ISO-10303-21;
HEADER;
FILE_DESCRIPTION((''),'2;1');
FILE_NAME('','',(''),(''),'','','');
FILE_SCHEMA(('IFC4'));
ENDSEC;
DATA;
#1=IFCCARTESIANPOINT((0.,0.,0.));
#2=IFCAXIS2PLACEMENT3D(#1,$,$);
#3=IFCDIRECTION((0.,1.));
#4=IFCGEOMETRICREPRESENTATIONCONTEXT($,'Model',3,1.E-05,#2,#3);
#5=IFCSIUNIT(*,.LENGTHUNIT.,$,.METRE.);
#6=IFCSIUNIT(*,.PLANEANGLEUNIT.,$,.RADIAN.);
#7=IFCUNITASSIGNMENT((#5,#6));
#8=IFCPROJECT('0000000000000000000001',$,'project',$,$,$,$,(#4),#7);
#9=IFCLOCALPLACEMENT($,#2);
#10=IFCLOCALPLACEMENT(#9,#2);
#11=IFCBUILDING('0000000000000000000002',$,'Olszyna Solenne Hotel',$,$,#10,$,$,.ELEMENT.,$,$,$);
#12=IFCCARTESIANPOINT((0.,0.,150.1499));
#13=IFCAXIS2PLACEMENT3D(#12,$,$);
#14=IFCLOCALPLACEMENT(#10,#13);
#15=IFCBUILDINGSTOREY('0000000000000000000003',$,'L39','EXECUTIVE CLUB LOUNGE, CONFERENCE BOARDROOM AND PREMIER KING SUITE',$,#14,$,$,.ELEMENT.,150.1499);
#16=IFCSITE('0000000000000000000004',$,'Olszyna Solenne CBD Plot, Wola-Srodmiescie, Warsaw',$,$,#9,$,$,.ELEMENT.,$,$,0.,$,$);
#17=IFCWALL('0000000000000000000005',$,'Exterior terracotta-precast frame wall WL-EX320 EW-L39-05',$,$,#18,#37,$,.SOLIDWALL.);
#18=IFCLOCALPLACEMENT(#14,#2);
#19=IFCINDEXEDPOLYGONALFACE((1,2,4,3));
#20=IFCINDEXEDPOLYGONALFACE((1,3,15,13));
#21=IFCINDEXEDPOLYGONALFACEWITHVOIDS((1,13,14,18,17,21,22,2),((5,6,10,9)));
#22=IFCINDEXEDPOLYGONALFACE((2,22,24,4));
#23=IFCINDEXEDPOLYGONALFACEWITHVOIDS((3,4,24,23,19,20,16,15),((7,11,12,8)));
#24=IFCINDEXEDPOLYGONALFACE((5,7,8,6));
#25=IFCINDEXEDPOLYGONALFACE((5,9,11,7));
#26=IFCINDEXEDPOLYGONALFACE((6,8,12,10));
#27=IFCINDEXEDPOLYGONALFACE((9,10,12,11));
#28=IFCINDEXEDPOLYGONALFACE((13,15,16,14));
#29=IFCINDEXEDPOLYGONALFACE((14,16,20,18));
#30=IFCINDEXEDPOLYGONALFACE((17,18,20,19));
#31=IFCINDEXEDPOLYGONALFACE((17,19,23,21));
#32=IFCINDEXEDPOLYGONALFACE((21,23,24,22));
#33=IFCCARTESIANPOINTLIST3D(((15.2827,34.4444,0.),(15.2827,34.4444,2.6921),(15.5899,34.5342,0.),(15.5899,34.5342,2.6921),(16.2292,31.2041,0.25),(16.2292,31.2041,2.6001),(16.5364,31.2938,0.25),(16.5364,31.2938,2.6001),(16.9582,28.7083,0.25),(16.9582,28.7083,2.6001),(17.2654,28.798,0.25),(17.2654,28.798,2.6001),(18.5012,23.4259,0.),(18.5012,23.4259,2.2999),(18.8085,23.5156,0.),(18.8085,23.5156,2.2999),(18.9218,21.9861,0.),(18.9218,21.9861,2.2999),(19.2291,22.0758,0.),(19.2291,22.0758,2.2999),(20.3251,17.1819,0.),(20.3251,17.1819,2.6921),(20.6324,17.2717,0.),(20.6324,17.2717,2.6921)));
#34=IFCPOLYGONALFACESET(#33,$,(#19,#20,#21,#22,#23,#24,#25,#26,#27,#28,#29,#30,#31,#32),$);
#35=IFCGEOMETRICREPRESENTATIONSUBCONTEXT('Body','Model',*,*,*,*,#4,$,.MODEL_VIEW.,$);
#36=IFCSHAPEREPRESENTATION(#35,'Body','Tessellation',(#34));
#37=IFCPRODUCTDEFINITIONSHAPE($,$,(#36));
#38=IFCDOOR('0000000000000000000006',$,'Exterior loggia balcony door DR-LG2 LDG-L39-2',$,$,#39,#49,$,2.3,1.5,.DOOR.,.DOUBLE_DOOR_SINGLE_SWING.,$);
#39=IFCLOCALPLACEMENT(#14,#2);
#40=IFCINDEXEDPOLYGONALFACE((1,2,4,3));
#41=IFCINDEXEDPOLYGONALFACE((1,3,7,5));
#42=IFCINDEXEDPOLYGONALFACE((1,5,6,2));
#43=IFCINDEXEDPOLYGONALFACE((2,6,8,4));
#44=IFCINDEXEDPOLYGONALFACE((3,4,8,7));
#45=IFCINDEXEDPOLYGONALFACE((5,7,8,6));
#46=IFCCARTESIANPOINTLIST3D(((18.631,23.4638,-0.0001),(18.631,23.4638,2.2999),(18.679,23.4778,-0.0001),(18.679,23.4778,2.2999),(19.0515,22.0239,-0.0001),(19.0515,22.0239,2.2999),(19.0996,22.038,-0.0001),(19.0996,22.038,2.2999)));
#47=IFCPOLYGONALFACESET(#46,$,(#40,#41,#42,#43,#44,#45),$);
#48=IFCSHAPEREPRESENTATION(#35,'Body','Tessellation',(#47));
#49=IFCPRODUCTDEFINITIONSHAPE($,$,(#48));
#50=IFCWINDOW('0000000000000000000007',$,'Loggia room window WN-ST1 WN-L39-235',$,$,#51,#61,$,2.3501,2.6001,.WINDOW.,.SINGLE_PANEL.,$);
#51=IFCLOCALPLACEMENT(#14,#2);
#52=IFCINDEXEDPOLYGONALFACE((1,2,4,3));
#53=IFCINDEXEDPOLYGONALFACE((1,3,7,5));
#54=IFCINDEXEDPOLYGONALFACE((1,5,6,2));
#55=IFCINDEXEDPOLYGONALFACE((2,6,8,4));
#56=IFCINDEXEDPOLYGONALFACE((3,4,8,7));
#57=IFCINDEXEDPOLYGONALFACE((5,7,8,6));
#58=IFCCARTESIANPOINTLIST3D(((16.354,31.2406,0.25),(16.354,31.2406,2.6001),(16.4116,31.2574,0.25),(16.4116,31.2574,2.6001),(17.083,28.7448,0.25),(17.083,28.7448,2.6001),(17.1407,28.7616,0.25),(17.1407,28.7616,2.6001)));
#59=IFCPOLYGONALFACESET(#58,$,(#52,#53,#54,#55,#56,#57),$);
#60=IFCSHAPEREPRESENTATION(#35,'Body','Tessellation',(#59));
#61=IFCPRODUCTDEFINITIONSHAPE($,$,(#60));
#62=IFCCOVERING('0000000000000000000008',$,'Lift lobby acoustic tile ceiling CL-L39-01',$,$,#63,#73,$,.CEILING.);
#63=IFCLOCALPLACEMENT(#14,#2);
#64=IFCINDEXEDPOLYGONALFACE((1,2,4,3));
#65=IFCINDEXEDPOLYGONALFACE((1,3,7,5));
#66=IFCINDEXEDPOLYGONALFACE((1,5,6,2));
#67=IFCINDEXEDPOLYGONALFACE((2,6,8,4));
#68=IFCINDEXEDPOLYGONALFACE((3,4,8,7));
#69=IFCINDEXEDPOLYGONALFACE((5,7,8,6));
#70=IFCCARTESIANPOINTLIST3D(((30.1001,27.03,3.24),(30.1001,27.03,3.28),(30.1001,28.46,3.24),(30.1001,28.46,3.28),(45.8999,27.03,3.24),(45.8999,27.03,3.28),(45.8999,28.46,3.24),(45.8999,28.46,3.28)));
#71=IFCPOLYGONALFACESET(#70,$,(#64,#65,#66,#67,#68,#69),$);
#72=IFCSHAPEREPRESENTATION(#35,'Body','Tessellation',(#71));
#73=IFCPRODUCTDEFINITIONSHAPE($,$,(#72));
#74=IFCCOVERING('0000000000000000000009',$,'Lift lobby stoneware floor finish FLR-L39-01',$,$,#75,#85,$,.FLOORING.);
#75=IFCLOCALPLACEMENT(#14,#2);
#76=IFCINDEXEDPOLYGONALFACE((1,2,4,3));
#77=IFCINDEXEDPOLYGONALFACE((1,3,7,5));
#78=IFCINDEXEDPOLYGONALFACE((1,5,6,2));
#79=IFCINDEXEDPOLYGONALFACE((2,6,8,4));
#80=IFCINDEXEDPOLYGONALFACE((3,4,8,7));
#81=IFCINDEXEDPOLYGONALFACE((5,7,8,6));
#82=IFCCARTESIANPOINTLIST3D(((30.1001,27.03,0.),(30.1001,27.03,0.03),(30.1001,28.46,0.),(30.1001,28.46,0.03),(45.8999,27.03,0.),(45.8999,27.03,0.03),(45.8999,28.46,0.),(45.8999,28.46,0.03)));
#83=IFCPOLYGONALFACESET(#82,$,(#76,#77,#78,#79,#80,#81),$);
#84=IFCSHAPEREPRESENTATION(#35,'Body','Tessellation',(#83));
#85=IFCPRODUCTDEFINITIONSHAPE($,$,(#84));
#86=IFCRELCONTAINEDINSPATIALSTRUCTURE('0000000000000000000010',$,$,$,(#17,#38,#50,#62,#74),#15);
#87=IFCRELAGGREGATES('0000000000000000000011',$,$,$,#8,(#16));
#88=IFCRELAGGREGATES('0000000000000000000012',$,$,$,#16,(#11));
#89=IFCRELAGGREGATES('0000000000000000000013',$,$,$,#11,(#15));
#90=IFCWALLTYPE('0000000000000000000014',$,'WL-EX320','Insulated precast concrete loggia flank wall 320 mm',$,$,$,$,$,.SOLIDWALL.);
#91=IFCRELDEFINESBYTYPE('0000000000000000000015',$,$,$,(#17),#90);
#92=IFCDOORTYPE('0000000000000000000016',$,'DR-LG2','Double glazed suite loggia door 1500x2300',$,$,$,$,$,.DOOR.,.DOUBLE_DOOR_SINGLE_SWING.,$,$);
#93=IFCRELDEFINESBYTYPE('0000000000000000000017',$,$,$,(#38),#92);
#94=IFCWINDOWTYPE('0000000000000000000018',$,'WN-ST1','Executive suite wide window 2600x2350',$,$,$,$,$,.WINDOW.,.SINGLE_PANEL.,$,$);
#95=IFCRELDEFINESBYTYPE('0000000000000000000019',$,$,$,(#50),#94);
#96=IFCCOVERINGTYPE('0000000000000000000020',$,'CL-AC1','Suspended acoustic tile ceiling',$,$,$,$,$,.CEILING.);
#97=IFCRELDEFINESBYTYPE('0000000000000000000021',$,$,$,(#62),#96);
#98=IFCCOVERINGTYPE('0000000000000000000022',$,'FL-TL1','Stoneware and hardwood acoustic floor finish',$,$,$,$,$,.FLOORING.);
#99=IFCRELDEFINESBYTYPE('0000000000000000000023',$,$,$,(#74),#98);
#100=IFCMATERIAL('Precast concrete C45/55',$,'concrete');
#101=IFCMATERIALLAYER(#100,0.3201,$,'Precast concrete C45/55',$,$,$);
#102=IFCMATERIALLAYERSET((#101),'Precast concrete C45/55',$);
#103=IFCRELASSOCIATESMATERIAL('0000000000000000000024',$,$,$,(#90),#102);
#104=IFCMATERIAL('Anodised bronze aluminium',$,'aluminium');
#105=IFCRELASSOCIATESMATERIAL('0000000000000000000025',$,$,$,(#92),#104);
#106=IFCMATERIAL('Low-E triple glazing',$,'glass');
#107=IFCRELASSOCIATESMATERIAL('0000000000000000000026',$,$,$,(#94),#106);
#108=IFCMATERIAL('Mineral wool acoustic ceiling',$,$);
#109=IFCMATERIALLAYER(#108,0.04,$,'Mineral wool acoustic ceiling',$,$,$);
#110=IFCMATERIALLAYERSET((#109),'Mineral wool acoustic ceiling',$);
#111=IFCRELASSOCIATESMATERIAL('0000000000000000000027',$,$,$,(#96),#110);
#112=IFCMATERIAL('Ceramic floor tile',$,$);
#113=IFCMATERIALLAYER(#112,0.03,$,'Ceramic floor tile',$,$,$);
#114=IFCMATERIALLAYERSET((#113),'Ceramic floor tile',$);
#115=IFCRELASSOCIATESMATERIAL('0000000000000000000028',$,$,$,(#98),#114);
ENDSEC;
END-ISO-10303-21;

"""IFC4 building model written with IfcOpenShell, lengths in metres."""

from ifc_helpers import new_model, si_unit, direction, frame, frame_2d, origin, place, context, subcontext, project, spatial, polyline, rectangle, outline, extrude, source, transform, mapped, material, layer, layer_set, type_object, type_shapes, element, fill, save


model = new_model("IFC4")

# Units and contexts
model_context = context("Model", 3, precision=1e-05, world=origin(), true_north=direction((0.0, 1.0)))
body_context = subcontext(model_context, "Body", "Model", "MODEL_VIEW")
ifc_project = project(units=[si_unit("LENGTHUNIT", "METRE"), si_unit("PLANEANGLEUNIT", "RADIAN")], contexts=[model_context])

# Site, building, storey
site_placement = place(None, origin())
site = spatial("IfcSite", under=ifc_project, at=site_placement, Name="Olszyna Solenne CBD Plot, Wola-Srodmiescie, Warsaw", CompositionType="ELEMENT", RefElevation=0.0)
building_placement = place(site_placement, origin())
building = spatial("IfcBuilding", under=site, at=building_placement, Name="Olszyna Solenne Hotel", CompositionType="ELEMENT")
storey_placement = place(building_placement, frame((0.0, 0.0, 150.1499)))
storey = spatial("IfcBuildingStorey", under=building, at=storey_placement, Name="L39", Description="EXECUTIVE CLUB LOUNGE, CONFERENCE BOARDROOM AND PREMIER KING SUITE", CompositionType="ELEMENT", Elevation=150.1499)

# Shared definitions
ifc_material_1 = material(Name="Anodised bronze aluminium", Category="aluminium")

# Shared definitions
ifc_material_2 = material(Name="Precast concrete C45/55", Category="concrete")

# Shared definitions
ifc_material_3 = material(Name="Low-E triple glazing", Category="glass")

# Wall, openings, door, window
ifc_layer_1 = layer(ifc_material_2, 0.3201, Name="Precast concrete C45/55")
ifc_layer_set_1 = layer_set([ifc_layer_1], Name="Precast concrete C45/55")
wall_type = type_object("IfcWallType", Name="WL-EX320", Description="Insulated precast concrete loggia flank wall 320 mm", PredefinedType="SOLIDWALL", material=ifc_layer_set_1)
wall_placement = place(storey_placement, frame((20.4788, 17.2268, 0.0), z_axis=(0.0, 0.0, 1.0), x_axis=(-0.280389, 0.959886, 0.0)))
wall = element("IfcWall", 1, at=wall_placement, inside=storey, type_object=wall_type, Name="Exterior terracotta-precast frame wall WL-EX320 EW-L39-05", PredefinedType="SOLIDWALL", context=body_context, shape_type="SweptSolid", body=[
    extrude(rectangle(XDim=17.9839, YDim=0.3201, at=frame_2d((8.9919, 0.0))), origin(), (0.0, 0.0, 1.0), 2.6921),
])
opening_1_placement = place(wall_placement, frame((5.0049, 0.0, 0.0)))
opening_1 = element("IfcOpeningElement", 2, at=opening_1_placement, cuts=wall, PredefinedType="OPENING", context=body_context, shape_type="SweptSolid", body=[
    extrude(rectangle(XDim=1.5, YDim=2.3, at=frame_2d((0.75, 1.1499))), frame((0.0, 0.1699, 0.0), z_axis=(0.0, -1.0, 0.0), x_axis=(1.0, 0.0, 0.0)), (0.0, 0.0, 1.0), 0.3401),
])
opening_2_placement = place(wall_placement, frame((12.0081, 0.0, 0.25)))
opening_2 = element("IfcOpeningElement", 3, at=opening_2_placement, cuts=wall, PredefinedType="OPENING", context=body_context, shape_type="SweptSolid", body=[
    extrude(rectangle(XDim=2.6001, YDim=2.3501, at=frame_2d((1.3, 1.175))), frame((0.0, 0.1699, 0.0), z_axis=(0.0, -1.0, 0.0), x_axis=(1.0, 0.0, 0.0)), (0.0, 0.0, 1.0), 0.3401),
])
door_type = type_object("IfcDoorType", Name="DR-LG2", Description="Double glazed suite loggia door 1500x2300", OperationType="DOUBLE_DOOR_SINGLE_SWING", PredefinedType="DOOR", material=ifc_material_1)
shared_shape_1 = source(origin(), body_context, "Body", "SweptSolid", [
    extrude(rectangle(XDim=1.5, YDim=2.3, at=frame_2d((0.75, 1.1499))), frame((0.0, 0.0249, 0.0), z_axis=(0.0, -1.0, 0.0), x_axis=(1.0, 0.0, 0.0)), (0.0, 0.0, 1.0), 0.05),
])
type_shapes(door_type, [shared_shape_1])
door_placement = place(opening_1_placement, origin())
door = element("IfcDoor", 4, at=door_placement, inside=storey, type_object=door_type, Name="Exterior loggia balcony door DR-LG2 LDG-L39-2", OperationType="DOUBLE_DOOR_SINGLE_SWING", OverallHeight=2.3, OverallWidth=1.5, PredefinedType="DOOR", context=body_context, shape_type="MappedRepresentation", body=[
    mapped(shared_shape_1, transform((0.0, 0.0, 0.0), x_axis=(1.0, 0.0, 0.0), y_axis=(0.0, 1.0, 0.0), z_axis=(0.0, 0.0, 1.0), scale=1.0)),
])
fill(opening_1, door)
window_type = type_object("IfcWindowType", Name="WN-ST1", Description="Executive suite wide window 2600x2350", PartitioningType="SINGLE_PANEL", PredefinedType="WINDOW", material=ifc_material_3)
shared_shape_2 = source(origin(), body_context, "Body", "SweptSolid", [
    extrude(rectangle(XDim=2.6001, YDim=2.3501, at=frame_2d((1.3, 1.175))), frame((0.0, 0.03, 0.0), z_axis=(0.0, -1.0, 0.0), x_axis=(1.0, 0.0, 0.0)), (0.0, 0.0, 1.0), 0.0601),
])
type_shapes(window_type, [shared_shape_2])
window_placement = place(opening_2_placement, origin())
window = element("IfcWindow", 5, at=window_placement, inside=storey, type_object=window_type, Name="Loggia room window WN-ST1 WN-L39-235", OverallHeight=2.3501, OverallWidth=2.6001, PartitioningType="SINGLE_PANEL", PredefinedType="WINDOW", context=body_context, shape_type="MappedRepresentation", body=[
    mapped(shared_shape_2, transform((0.0, 0.0, 0.0), x_axis=(1.0, 0.0, 0.0), y_axis=(0.0, 1.0, 0.0), z_axis=(0.0, 0.0, 1.0), scale=1.0)),
])
fill(opening_2, window)

# Coverings
ifc_material_4 = material(Name="Mineral wool acoustic ceiling")
ifc_layer_2 = layer(ifc_material_4, 0.04, Name="Mineral wool acoustic ceiling")
ifc_layer_set_2 = layer_set([ifc_layer_2], Name="Mineral wool acoustic ceiling")
covering_type_1 = type_object("IfcCoveringType", Name="CL-AC1", Description="Suspended acoustic tile ceiling", PredefinedType="CEILING", material=ifc_layer_set_2)
covering_1_placement = place(storey_placement, frame((0.0, 0.0, 3.24)))
element("IfcCovering", 6, at=covering_1_placement, inside=storey, type_object=covering_type_1, Name="Lift lobby acoustic tile ceiling CL-L39-01", PredefinedType="CEILING", context=body_context, shape_type="SweptSolid", body=[
    extrude(outline(polyline([(30.1001, 27.03), (45.8999, 27.03), (45.8999, 28.46), (30.1001, 28.46), (30.1001, 27.03)])), origin(), (0.0, 0.0, 1.0), 0.04),
])
ifc_material_5 = material(Name="Ceramic floor tile")
ifc_layer_3 = layer(ifc_material_5, 0.03, Name="Ceramic floor tile")
ifc_layer_set_3 = layer_set([ifc_layer_3], Name="Ceramic floor tile")
covering_type_2 = type_object("IfcCoveringType", Name="FL-TL1", Description="Stoneware and hardwood acoustic floor finish", PredefinedType="FLOORING", material=ifc_layer_set_3)
covering_2_placement = place(storey_placement, origin())
element("IfcCovering", 7, at=covering_2_placement, inside=storey, type_object=covering_type_2, Name="Lift lobby stoneware floor finish FLR-L39-01", PredefinedType="FLOORING", context=body_context, shape_type="SweptSolid", body=[
    extrude(outline(polyline([(30.1001, 27.03), (45.8999, 27.03), (45.8999, 28.46), (30.1001, 28.46), (30.1001, 27.03)])), origin(), (0.0, 0.0, 1.0), 0.03),
])

save(model, "model.ifc")
